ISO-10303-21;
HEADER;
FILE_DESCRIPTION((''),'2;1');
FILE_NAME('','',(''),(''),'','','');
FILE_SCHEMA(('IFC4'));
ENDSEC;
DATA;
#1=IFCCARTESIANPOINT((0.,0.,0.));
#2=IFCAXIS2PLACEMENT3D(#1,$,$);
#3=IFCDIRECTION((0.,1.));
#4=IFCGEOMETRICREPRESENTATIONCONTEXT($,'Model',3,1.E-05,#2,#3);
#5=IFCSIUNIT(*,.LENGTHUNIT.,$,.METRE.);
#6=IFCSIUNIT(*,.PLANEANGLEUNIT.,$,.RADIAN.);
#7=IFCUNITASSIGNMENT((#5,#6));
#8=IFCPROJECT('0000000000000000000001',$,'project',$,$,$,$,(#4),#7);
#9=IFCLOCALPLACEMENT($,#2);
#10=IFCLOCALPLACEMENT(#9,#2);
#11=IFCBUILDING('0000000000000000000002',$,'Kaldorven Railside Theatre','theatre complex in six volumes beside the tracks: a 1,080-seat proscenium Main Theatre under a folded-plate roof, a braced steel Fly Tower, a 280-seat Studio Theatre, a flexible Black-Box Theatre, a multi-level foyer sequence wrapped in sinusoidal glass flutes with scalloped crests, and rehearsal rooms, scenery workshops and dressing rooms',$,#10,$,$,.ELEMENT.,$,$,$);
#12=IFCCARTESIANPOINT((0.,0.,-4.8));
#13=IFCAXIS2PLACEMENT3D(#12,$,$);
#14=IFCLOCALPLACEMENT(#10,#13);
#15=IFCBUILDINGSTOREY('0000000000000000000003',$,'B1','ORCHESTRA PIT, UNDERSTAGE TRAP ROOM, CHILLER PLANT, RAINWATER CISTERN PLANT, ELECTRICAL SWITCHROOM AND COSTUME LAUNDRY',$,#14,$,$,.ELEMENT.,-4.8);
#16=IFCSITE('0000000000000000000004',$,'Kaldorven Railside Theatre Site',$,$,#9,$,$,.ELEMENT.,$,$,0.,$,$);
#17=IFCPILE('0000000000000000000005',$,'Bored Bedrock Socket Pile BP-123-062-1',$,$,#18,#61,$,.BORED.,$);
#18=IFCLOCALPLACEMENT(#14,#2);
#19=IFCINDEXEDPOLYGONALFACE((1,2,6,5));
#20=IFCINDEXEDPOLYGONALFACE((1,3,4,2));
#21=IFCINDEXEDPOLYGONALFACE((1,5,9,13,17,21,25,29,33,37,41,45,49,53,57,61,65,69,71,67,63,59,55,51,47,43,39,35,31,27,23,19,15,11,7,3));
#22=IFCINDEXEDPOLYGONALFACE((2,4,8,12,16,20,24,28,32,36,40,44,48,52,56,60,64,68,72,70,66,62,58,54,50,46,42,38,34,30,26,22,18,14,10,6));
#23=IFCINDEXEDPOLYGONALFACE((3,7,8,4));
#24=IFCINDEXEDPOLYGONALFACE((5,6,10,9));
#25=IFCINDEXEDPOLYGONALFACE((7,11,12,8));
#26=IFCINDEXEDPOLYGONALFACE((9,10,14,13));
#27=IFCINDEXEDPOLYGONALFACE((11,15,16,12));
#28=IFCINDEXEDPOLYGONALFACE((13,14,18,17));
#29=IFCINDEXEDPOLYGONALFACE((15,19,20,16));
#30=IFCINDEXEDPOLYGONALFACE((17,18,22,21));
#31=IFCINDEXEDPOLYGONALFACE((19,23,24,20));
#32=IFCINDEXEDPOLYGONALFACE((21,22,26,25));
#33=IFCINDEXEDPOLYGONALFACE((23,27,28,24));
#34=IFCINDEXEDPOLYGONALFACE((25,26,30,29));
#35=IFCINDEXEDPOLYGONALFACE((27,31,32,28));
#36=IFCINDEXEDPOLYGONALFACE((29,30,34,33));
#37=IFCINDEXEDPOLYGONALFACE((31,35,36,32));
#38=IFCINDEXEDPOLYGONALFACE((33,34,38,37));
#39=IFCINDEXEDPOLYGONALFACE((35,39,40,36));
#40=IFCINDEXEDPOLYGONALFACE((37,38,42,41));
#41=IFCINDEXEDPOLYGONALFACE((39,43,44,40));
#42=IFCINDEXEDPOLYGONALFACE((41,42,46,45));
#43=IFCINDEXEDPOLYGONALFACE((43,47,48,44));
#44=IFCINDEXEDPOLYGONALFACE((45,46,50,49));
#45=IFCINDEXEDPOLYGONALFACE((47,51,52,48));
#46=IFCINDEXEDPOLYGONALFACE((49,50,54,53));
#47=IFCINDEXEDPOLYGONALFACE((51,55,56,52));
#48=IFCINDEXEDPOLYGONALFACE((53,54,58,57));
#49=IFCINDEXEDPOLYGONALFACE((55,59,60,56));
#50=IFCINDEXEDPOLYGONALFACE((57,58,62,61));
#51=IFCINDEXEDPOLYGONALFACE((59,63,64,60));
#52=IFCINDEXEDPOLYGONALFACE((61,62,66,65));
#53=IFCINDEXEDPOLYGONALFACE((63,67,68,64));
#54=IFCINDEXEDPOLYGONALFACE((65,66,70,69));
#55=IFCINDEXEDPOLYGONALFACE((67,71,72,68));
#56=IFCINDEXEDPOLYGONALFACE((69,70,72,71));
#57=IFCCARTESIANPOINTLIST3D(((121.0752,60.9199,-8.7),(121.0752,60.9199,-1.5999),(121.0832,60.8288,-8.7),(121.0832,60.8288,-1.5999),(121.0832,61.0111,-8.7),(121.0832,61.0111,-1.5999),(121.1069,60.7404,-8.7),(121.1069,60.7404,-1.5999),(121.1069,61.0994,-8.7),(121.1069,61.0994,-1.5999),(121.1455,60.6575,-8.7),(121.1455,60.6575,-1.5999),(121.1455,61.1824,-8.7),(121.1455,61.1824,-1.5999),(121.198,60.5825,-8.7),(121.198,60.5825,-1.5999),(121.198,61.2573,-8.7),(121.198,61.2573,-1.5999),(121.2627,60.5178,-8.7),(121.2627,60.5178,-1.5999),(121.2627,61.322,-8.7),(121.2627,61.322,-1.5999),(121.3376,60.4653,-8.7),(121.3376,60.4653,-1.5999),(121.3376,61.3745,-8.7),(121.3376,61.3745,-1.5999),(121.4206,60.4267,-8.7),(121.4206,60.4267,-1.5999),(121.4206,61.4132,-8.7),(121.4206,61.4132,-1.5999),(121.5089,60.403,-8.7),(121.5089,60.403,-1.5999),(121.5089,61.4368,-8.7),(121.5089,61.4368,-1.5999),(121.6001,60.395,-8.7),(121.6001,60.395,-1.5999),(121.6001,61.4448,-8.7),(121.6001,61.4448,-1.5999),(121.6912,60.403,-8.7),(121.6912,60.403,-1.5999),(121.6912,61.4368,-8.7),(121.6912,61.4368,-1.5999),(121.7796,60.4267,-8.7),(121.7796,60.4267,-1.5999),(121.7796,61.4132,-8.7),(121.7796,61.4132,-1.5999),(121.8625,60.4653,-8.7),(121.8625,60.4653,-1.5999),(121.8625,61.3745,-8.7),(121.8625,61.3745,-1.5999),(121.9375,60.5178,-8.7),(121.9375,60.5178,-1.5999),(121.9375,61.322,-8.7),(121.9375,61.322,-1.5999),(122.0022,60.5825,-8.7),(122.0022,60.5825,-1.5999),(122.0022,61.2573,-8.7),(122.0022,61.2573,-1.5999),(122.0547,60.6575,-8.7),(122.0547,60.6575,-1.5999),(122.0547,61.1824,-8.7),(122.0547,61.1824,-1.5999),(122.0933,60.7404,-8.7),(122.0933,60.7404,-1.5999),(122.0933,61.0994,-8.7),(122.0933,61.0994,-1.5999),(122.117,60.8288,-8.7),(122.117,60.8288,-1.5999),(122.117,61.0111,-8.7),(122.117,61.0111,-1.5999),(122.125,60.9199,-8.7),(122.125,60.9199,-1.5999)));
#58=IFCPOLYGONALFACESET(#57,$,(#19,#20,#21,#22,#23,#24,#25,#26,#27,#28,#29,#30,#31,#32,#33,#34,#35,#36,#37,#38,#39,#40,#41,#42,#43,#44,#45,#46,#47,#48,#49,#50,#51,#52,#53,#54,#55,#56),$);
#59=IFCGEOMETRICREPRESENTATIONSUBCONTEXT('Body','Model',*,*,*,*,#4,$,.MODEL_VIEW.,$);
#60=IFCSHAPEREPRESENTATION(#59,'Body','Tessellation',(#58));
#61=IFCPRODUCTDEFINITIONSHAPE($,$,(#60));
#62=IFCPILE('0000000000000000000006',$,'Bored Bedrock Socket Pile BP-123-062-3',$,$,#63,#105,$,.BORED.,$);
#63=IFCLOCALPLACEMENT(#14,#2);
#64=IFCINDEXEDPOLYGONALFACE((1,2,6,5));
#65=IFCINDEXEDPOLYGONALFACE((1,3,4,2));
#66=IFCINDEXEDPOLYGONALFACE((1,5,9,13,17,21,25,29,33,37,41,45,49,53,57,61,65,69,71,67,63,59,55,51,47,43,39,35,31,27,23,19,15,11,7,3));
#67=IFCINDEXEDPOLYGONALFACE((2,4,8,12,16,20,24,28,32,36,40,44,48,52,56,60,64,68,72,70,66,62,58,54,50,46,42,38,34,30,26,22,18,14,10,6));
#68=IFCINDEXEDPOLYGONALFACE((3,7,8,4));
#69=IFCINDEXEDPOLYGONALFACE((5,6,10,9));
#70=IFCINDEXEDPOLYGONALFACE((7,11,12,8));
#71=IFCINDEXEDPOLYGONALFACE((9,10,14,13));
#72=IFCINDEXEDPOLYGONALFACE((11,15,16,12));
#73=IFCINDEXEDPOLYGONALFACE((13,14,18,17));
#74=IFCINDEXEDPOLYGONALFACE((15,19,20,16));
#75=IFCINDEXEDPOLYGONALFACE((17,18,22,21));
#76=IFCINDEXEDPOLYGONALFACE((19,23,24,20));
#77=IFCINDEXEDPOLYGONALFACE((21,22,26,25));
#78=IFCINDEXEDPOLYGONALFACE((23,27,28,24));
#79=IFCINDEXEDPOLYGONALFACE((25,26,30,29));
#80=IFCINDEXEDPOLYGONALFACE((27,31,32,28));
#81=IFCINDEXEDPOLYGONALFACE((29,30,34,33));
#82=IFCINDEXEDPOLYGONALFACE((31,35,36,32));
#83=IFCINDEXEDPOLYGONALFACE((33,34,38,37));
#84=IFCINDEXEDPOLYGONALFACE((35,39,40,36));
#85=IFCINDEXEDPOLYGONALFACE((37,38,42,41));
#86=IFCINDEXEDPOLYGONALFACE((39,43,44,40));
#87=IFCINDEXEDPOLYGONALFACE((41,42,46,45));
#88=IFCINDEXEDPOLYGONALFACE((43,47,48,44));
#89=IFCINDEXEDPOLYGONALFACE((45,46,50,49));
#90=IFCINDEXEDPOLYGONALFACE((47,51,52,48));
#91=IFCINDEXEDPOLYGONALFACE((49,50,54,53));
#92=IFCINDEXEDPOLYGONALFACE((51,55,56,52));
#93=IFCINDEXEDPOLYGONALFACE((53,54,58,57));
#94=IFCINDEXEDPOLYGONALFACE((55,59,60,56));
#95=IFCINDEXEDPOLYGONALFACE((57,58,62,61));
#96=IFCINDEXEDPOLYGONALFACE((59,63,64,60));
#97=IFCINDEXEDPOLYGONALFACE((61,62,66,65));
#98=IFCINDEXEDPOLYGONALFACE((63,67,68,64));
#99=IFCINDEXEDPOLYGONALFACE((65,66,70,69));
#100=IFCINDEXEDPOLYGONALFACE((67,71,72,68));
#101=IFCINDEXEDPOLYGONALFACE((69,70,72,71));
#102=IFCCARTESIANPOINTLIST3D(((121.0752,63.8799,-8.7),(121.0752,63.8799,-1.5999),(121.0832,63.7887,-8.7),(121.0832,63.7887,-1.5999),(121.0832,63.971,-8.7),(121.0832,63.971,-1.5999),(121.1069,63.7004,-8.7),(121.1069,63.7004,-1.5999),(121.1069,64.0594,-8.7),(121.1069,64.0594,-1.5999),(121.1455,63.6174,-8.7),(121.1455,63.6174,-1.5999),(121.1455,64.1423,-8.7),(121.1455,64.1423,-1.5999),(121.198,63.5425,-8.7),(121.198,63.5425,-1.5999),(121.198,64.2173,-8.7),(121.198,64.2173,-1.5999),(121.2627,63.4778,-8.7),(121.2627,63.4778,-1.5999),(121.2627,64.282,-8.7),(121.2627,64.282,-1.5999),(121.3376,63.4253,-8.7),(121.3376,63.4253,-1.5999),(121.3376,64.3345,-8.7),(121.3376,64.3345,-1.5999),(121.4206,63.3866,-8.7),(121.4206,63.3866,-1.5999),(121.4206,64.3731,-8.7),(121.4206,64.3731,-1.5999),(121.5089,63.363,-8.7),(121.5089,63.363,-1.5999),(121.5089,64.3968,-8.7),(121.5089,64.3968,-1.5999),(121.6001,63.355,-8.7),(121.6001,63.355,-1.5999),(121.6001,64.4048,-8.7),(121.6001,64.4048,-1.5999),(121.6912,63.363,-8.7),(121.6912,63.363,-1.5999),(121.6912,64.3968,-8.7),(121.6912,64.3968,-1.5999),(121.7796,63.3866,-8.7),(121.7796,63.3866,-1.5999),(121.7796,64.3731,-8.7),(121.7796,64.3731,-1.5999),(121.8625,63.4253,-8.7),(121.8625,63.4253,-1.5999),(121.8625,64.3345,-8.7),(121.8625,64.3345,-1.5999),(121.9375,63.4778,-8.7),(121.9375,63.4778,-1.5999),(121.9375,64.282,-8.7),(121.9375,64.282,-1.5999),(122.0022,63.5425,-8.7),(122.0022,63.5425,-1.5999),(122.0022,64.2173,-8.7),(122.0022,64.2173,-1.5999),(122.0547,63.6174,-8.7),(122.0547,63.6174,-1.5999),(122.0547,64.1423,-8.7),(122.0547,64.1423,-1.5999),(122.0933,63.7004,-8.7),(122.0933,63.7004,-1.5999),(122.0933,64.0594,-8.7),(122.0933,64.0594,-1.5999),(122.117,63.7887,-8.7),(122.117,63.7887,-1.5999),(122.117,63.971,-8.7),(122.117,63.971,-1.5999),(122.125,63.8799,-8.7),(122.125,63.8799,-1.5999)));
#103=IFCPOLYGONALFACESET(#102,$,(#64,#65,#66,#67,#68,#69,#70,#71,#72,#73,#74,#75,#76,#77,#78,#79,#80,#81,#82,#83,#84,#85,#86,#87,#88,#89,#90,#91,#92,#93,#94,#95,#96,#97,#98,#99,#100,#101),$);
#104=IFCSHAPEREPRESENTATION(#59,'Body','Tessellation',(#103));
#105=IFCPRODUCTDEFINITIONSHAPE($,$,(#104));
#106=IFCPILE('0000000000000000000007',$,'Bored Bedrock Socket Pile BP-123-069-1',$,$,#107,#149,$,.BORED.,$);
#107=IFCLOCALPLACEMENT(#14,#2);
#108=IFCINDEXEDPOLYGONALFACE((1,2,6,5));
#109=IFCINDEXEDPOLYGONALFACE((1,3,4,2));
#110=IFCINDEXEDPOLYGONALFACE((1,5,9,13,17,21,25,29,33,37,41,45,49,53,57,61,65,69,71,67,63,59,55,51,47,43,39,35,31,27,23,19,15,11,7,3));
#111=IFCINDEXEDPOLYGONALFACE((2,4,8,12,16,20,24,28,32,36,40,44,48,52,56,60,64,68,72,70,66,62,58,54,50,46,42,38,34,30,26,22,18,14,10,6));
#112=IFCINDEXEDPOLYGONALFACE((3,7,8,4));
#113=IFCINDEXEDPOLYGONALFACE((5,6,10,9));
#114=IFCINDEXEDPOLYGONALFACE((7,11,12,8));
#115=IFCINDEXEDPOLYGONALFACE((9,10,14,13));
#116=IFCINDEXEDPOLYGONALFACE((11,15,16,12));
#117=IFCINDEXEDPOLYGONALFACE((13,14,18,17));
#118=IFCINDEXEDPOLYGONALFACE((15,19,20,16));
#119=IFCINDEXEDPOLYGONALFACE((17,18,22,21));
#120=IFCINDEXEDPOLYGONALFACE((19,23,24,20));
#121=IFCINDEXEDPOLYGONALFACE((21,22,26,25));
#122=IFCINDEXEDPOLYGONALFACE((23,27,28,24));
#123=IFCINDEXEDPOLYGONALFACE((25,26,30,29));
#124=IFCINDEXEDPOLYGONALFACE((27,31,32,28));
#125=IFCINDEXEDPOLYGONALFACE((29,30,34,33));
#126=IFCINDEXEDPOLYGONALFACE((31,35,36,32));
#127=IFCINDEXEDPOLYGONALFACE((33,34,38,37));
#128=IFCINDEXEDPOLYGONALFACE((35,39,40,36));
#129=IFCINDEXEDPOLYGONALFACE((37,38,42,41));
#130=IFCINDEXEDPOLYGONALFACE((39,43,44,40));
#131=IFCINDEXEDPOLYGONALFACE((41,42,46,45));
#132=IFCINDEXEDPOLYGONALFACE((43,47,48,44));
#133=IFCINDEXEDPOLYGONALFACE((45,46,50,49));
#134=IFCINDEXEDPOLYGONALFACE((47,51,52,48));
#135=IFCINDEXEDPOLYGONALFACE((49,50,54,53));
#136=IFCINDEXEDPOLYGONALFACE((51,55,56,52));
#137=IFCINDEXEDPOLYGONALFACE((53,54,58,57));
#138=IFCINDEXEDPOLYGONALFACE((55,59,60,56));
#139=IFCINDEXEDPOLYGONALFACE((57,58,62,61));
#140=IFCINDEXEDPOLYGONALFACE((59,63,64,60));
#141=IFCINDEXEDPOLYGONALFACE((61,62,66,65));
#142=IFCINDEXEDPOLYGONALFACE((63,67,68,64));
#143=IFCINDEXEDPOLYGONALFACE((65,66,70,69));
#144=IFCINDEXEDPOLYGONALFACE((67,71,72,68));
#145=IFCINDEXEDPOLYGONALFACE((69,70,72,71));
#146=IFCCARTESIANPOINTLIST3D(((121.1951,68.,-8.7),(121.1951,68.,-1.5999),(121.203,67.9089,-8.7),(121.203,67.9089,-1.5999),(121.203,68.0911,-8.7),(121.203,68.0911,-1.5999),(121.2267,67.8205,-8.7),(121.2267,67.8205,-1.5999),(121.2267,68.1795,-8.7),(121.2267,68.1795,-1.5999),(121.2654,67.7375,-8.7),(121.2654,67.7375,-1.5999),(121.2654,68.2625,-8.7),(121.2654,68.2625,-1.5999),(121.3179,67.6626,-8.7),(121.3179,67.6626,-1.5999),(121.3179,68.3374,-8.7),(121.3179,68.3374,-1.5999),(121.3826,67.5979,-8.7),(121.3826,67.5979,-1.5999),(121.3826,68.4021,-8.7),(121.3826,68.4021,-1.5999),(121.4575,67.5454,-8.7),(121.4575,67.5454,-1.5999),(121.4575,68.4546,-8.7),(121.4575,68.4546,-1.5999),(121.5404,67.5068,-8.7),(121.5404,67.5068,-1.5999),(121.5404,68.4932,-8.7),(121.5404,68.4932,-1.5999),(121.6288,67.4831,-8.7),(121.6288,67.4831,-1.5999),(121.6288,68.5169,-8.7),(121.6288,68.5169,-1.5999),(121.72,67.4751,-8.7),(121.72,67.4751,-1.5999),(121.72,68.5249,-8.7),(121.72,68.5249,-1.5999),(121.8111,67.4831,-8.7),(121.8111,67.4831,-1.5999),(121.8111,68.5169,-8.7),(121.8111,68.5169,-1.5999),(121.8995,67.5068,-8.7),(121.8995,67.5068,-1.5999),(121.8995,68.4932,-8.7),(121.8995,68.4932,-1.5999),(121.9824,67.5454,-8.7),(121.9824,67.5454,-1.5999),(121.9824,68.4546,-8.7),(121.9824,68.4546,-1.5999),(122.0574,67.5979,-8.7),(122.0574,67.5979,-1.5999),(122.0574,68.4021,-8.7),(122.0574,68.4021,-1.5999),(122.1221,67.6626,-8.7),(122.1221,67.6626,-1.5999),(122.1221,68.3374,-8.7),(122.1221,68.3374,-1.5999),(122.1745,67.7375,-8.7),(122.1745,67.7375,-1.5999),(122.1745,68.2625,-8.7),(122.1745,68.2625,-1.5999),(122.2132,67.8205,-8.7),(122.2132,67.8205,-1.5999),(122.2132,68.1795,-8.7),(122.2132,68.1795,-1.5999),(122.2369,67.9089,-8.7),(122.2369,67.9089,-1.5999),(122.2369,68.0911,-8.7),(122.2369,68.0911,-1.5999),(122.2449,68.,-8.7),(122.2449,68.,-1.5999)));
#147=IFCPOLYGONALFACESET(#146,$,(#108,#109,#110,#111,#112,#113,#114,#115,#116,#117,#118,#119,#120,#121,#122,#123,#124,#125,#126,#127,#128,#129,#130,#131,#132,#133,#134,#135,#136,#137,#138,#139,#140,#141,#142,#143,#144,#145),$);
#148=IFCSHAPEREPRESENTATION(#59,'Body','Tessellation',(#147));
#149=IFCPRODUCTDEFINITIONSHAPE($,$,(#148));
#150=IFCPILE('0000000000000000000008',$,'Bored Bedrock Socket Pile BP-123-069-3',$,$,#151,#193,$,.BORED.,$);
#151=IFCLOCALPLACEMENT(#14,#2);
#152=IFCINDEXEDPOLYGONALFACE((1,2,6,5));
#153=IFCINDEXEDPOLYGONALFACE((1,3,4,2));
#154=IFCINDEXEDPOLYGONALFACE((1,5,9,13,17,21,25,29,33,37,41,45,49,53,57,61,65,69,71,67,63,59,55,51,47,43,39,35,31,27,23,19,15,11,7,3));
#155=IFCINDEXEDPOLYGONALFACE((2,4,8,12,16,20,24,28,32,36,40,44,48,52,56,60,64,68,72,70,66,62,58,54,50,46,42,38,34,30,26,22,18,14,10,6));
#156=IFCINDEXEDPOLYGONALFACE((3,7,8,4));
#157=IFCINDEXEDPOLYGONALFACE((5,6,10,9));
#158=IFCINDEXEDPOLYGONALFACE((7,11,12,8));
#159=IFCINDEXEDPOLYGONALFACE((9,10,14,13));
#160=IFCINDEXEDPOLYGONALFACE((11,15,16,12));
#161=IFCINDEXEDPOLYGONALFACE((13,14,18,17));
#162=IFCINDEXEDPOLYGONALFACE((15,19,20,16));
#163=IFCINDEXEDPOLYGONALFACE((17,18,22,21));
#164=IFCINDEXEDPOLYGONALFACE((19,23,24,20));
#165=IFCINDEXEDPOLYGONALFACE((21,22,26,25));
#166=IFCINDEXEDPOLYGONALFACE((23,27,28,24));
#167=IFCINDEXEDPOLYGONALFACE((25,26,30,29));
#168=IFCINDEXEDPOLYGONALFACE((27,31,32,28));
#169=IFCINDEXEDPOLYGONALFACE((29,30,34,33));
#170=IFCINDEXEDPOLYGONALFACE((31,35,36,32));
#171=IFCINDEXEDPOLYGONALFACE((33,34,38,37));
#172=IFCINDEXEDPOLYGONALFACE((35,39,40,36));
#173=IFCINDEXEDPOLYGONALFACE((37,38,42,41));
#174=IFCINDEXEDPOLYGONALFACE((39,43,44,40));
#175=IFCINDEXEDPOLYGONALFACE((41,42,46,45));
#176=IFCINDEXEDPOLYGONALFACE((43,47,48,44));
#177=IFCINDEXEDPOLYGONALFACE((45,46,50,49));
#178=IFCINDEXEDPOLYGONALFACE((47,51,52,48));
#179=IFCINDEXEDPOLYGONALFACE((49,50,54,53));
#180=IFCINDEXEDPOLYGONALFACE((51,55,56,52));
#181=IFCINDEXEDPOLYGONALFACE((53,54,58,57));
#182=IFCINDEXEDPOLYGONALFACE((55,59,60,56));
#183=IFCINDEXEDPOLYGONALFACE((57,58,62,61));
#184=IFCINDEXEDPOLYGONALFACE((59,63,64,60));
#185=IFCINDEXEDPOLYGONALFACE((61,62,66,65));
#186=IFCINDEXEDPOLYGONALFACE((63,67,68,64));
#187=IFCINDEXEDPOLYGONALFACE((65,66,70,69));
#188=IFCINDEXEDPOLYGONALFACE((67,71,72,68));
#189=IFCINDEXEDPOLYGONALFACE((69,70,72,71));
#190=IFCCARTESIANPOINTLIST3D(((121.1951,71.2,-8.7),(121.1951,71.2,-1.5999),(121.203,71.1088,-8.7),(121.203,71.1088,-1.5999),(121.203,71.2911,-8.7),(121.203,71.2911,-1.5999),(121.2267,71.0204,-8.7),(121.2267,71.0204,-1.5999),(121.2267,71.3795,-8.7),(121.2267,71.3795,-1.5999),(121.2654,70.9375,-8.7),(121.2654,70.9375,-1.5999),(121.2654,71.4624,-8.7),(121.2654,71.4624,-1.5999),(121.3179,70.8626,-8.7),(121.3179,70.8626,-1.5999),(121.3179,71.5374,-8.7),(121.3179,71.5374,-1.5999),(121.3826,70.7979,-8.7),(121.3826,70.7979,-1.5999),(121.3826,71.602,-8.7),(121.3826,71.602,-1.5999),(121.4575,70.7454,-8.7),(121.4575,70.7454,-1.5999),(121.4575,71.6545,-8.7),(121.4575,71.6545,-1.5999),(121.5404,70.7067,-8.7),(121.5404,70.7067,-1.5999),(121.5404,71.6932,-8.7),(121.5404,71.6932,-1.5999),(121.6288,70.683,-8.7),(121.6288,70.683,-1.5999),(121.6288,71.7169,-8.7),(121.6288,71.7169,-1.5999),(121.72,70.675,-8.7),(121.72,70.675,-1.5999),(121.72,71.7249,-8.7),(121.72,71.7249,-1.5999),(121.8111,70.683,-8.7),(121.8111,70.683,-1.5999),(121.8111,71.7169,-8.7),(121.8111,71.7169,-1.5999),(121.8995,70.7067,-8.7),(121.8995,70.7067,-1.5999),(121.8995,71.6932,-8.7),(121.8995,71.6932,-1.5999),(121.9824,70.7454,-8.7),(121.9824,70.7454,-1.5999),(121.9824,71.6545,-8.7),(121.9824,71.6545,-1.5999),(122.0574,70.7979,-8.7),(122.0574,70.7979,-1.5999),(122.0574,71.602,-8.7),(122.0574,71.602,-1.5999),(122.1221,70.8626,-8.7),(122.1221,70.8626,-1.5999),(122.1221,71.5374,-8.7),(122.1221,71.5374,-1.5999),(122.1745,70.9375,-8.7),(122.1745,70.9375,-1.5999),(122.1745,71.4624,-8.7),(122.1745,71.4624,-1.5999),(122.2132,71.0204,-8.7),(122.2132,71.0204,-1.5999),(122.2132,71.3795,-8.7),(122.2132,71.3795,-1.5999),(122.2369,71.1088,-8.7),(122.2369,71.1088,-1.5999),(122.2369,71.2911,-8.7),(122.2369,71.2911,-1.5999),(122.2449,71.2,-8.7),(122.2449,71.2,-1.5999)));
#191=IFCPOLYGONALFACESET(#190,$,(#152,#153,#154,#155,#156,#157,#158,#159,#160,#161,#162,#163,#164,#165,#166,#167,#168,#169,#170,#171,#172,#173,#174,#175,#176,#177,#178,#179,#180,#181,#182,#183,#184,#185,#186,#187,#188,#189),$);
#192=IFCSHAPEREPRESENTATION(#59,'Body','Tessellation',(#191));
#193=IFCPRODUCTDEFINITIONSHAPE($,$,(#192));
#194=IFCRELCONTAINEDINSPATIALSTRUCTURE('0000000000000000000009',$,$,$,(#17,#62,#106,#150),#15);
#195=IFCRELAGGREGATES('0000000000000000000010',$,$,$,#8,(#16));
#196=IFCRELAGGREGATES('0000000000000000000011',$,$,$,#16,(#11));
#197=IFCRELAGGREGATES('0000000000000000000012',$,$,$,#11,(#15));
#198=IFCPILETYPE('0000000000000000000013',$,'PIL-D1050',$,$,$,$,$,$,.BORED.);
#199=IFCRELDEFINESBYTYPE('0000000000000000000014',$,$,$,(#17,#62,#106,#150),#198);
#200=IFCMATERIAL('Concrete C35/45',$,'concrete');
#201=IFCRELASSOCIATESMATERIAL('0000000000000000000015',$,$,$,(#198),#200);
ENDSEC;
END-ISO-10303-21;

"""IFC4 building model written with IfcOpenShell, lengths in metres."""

from ifc_helpers import new_model, si_unit, direction, frame, origin, origin_2d, place, context, subcontext, project, spatial, circle, extrude, material, material_profile, profile_set, type_object, element, save


model = new_model("IFC4")

# Units and contexts
model_context = context("Model", 3, precision=1e-05, world=origin(), true_north=direction((0.0, 1.0)))
body_context = subcontext(model_context, "Body", "Model", "MODEL_VIEW")
ifc_project = project(units=[si_unit("LENGTHUNIT", "METRE"), si_unit("PLANEANGLEUNIT", "RADIAN")], contexts=[model_context])

# Site, building, storey
site_placement = place(None, origin())
site = spatial("IfcSite", under=ifc_project, at=site_placement, Name="Kaldorven Railside Theatre Site", CompositionType="ELEMENT", RefElevation=0.0)
building_placement = place(site_placement, origin())
building = spatial("IfcBuilding", under=site, at=building_placement, Name="Kaldorven Railside Theatre", Description="theatre complex in six volumes beside the tracks: a 1,080-seat proscenium Main Theatre under a folded-plate roof, a braced steel Fly Tower, a 280-seat Studio Theatre, a flexible Black-Box Theatre, a multi-level foyer sequence wrapped in sinusoidal glass flutes with scalloped crests, and rehearsal rooms, scenery workshops and dressing rooms", CompositionType="ELEMENT")
storey_placement = place(building_placement, frame((0.0, 0.0, -4.8)))
storey = spatial("IfcBuildingStorey", under=building, at=storey_placement, Name="B1", Description="ORCHESTRA PIT, UNDERSTAGE TRAP ROOM, CHILLER PLANT, RAINWATER CISTERN PLANT, ELECTRICAL SWITCHROOM AND COSTUME LAUNDRY", CompositionType="ELEMENT", Elevation=-4.8)

# Piles
ifc_material_1 = material(Name="Concrete C35/45", Category="concrete")
ifc_material_profile_1 = material_profile(ifc_material_1, circle(Radius=0.5249, at=origin_2d()), Name="BP D1050")
ifc_profile_set_1 = profile_set([ifc_material_profile_1], Name="Concrete C35/45")
pile_type_1 = type_object("IfcPileType", Name="PIL-D1050", PredefinedType="BORED", material=ifc_profile_set_1)
for number, where, z_axis, x_axis, name in (
    (1, (121.6001, 60.9199, -1.5999), (0.0, 0.0, -1.0), (1.0, 0.0, 0.0), "Bored Bedrock Socket Pile BP-123-062-1"),
    (2, (121.6001, 63.8799, -1.5999), (0.0, 0.0, -1.0), (1.0, 0.0, 0.0), "Bored Bedrock Socket Pile BP-123-062-3"),
    (3, (121.72, 68.0, -1.5999), (0.0, 0.0, -1.0), (1.0, 0.0, 0.0), "Bored Bedrock Socket Pile BP-123-069-1"),
    (4, (121.72, 71.2, -1.5999), (0.0, 0.0, -1.0), (1.0, 0.0, 0.0), "Bored Bedrock Socket Pile BP-123-069-3"),
):
    element("IfcPile", number, at=place(storey_placement, frame(where, z_axis=z_axis, x_axis=x_axis)), inside=storey, type_object=pile_type_1, Name=name, PredefinedType="BORED", context=body_context, shape_type="SweptSolid", body=[
        extrude(circle(Radius=0.5249, at=origin_2d()), origin(), (0.0, 0.0, 1.0), 7.1001),
    ])

save(model, "model.ifc")
